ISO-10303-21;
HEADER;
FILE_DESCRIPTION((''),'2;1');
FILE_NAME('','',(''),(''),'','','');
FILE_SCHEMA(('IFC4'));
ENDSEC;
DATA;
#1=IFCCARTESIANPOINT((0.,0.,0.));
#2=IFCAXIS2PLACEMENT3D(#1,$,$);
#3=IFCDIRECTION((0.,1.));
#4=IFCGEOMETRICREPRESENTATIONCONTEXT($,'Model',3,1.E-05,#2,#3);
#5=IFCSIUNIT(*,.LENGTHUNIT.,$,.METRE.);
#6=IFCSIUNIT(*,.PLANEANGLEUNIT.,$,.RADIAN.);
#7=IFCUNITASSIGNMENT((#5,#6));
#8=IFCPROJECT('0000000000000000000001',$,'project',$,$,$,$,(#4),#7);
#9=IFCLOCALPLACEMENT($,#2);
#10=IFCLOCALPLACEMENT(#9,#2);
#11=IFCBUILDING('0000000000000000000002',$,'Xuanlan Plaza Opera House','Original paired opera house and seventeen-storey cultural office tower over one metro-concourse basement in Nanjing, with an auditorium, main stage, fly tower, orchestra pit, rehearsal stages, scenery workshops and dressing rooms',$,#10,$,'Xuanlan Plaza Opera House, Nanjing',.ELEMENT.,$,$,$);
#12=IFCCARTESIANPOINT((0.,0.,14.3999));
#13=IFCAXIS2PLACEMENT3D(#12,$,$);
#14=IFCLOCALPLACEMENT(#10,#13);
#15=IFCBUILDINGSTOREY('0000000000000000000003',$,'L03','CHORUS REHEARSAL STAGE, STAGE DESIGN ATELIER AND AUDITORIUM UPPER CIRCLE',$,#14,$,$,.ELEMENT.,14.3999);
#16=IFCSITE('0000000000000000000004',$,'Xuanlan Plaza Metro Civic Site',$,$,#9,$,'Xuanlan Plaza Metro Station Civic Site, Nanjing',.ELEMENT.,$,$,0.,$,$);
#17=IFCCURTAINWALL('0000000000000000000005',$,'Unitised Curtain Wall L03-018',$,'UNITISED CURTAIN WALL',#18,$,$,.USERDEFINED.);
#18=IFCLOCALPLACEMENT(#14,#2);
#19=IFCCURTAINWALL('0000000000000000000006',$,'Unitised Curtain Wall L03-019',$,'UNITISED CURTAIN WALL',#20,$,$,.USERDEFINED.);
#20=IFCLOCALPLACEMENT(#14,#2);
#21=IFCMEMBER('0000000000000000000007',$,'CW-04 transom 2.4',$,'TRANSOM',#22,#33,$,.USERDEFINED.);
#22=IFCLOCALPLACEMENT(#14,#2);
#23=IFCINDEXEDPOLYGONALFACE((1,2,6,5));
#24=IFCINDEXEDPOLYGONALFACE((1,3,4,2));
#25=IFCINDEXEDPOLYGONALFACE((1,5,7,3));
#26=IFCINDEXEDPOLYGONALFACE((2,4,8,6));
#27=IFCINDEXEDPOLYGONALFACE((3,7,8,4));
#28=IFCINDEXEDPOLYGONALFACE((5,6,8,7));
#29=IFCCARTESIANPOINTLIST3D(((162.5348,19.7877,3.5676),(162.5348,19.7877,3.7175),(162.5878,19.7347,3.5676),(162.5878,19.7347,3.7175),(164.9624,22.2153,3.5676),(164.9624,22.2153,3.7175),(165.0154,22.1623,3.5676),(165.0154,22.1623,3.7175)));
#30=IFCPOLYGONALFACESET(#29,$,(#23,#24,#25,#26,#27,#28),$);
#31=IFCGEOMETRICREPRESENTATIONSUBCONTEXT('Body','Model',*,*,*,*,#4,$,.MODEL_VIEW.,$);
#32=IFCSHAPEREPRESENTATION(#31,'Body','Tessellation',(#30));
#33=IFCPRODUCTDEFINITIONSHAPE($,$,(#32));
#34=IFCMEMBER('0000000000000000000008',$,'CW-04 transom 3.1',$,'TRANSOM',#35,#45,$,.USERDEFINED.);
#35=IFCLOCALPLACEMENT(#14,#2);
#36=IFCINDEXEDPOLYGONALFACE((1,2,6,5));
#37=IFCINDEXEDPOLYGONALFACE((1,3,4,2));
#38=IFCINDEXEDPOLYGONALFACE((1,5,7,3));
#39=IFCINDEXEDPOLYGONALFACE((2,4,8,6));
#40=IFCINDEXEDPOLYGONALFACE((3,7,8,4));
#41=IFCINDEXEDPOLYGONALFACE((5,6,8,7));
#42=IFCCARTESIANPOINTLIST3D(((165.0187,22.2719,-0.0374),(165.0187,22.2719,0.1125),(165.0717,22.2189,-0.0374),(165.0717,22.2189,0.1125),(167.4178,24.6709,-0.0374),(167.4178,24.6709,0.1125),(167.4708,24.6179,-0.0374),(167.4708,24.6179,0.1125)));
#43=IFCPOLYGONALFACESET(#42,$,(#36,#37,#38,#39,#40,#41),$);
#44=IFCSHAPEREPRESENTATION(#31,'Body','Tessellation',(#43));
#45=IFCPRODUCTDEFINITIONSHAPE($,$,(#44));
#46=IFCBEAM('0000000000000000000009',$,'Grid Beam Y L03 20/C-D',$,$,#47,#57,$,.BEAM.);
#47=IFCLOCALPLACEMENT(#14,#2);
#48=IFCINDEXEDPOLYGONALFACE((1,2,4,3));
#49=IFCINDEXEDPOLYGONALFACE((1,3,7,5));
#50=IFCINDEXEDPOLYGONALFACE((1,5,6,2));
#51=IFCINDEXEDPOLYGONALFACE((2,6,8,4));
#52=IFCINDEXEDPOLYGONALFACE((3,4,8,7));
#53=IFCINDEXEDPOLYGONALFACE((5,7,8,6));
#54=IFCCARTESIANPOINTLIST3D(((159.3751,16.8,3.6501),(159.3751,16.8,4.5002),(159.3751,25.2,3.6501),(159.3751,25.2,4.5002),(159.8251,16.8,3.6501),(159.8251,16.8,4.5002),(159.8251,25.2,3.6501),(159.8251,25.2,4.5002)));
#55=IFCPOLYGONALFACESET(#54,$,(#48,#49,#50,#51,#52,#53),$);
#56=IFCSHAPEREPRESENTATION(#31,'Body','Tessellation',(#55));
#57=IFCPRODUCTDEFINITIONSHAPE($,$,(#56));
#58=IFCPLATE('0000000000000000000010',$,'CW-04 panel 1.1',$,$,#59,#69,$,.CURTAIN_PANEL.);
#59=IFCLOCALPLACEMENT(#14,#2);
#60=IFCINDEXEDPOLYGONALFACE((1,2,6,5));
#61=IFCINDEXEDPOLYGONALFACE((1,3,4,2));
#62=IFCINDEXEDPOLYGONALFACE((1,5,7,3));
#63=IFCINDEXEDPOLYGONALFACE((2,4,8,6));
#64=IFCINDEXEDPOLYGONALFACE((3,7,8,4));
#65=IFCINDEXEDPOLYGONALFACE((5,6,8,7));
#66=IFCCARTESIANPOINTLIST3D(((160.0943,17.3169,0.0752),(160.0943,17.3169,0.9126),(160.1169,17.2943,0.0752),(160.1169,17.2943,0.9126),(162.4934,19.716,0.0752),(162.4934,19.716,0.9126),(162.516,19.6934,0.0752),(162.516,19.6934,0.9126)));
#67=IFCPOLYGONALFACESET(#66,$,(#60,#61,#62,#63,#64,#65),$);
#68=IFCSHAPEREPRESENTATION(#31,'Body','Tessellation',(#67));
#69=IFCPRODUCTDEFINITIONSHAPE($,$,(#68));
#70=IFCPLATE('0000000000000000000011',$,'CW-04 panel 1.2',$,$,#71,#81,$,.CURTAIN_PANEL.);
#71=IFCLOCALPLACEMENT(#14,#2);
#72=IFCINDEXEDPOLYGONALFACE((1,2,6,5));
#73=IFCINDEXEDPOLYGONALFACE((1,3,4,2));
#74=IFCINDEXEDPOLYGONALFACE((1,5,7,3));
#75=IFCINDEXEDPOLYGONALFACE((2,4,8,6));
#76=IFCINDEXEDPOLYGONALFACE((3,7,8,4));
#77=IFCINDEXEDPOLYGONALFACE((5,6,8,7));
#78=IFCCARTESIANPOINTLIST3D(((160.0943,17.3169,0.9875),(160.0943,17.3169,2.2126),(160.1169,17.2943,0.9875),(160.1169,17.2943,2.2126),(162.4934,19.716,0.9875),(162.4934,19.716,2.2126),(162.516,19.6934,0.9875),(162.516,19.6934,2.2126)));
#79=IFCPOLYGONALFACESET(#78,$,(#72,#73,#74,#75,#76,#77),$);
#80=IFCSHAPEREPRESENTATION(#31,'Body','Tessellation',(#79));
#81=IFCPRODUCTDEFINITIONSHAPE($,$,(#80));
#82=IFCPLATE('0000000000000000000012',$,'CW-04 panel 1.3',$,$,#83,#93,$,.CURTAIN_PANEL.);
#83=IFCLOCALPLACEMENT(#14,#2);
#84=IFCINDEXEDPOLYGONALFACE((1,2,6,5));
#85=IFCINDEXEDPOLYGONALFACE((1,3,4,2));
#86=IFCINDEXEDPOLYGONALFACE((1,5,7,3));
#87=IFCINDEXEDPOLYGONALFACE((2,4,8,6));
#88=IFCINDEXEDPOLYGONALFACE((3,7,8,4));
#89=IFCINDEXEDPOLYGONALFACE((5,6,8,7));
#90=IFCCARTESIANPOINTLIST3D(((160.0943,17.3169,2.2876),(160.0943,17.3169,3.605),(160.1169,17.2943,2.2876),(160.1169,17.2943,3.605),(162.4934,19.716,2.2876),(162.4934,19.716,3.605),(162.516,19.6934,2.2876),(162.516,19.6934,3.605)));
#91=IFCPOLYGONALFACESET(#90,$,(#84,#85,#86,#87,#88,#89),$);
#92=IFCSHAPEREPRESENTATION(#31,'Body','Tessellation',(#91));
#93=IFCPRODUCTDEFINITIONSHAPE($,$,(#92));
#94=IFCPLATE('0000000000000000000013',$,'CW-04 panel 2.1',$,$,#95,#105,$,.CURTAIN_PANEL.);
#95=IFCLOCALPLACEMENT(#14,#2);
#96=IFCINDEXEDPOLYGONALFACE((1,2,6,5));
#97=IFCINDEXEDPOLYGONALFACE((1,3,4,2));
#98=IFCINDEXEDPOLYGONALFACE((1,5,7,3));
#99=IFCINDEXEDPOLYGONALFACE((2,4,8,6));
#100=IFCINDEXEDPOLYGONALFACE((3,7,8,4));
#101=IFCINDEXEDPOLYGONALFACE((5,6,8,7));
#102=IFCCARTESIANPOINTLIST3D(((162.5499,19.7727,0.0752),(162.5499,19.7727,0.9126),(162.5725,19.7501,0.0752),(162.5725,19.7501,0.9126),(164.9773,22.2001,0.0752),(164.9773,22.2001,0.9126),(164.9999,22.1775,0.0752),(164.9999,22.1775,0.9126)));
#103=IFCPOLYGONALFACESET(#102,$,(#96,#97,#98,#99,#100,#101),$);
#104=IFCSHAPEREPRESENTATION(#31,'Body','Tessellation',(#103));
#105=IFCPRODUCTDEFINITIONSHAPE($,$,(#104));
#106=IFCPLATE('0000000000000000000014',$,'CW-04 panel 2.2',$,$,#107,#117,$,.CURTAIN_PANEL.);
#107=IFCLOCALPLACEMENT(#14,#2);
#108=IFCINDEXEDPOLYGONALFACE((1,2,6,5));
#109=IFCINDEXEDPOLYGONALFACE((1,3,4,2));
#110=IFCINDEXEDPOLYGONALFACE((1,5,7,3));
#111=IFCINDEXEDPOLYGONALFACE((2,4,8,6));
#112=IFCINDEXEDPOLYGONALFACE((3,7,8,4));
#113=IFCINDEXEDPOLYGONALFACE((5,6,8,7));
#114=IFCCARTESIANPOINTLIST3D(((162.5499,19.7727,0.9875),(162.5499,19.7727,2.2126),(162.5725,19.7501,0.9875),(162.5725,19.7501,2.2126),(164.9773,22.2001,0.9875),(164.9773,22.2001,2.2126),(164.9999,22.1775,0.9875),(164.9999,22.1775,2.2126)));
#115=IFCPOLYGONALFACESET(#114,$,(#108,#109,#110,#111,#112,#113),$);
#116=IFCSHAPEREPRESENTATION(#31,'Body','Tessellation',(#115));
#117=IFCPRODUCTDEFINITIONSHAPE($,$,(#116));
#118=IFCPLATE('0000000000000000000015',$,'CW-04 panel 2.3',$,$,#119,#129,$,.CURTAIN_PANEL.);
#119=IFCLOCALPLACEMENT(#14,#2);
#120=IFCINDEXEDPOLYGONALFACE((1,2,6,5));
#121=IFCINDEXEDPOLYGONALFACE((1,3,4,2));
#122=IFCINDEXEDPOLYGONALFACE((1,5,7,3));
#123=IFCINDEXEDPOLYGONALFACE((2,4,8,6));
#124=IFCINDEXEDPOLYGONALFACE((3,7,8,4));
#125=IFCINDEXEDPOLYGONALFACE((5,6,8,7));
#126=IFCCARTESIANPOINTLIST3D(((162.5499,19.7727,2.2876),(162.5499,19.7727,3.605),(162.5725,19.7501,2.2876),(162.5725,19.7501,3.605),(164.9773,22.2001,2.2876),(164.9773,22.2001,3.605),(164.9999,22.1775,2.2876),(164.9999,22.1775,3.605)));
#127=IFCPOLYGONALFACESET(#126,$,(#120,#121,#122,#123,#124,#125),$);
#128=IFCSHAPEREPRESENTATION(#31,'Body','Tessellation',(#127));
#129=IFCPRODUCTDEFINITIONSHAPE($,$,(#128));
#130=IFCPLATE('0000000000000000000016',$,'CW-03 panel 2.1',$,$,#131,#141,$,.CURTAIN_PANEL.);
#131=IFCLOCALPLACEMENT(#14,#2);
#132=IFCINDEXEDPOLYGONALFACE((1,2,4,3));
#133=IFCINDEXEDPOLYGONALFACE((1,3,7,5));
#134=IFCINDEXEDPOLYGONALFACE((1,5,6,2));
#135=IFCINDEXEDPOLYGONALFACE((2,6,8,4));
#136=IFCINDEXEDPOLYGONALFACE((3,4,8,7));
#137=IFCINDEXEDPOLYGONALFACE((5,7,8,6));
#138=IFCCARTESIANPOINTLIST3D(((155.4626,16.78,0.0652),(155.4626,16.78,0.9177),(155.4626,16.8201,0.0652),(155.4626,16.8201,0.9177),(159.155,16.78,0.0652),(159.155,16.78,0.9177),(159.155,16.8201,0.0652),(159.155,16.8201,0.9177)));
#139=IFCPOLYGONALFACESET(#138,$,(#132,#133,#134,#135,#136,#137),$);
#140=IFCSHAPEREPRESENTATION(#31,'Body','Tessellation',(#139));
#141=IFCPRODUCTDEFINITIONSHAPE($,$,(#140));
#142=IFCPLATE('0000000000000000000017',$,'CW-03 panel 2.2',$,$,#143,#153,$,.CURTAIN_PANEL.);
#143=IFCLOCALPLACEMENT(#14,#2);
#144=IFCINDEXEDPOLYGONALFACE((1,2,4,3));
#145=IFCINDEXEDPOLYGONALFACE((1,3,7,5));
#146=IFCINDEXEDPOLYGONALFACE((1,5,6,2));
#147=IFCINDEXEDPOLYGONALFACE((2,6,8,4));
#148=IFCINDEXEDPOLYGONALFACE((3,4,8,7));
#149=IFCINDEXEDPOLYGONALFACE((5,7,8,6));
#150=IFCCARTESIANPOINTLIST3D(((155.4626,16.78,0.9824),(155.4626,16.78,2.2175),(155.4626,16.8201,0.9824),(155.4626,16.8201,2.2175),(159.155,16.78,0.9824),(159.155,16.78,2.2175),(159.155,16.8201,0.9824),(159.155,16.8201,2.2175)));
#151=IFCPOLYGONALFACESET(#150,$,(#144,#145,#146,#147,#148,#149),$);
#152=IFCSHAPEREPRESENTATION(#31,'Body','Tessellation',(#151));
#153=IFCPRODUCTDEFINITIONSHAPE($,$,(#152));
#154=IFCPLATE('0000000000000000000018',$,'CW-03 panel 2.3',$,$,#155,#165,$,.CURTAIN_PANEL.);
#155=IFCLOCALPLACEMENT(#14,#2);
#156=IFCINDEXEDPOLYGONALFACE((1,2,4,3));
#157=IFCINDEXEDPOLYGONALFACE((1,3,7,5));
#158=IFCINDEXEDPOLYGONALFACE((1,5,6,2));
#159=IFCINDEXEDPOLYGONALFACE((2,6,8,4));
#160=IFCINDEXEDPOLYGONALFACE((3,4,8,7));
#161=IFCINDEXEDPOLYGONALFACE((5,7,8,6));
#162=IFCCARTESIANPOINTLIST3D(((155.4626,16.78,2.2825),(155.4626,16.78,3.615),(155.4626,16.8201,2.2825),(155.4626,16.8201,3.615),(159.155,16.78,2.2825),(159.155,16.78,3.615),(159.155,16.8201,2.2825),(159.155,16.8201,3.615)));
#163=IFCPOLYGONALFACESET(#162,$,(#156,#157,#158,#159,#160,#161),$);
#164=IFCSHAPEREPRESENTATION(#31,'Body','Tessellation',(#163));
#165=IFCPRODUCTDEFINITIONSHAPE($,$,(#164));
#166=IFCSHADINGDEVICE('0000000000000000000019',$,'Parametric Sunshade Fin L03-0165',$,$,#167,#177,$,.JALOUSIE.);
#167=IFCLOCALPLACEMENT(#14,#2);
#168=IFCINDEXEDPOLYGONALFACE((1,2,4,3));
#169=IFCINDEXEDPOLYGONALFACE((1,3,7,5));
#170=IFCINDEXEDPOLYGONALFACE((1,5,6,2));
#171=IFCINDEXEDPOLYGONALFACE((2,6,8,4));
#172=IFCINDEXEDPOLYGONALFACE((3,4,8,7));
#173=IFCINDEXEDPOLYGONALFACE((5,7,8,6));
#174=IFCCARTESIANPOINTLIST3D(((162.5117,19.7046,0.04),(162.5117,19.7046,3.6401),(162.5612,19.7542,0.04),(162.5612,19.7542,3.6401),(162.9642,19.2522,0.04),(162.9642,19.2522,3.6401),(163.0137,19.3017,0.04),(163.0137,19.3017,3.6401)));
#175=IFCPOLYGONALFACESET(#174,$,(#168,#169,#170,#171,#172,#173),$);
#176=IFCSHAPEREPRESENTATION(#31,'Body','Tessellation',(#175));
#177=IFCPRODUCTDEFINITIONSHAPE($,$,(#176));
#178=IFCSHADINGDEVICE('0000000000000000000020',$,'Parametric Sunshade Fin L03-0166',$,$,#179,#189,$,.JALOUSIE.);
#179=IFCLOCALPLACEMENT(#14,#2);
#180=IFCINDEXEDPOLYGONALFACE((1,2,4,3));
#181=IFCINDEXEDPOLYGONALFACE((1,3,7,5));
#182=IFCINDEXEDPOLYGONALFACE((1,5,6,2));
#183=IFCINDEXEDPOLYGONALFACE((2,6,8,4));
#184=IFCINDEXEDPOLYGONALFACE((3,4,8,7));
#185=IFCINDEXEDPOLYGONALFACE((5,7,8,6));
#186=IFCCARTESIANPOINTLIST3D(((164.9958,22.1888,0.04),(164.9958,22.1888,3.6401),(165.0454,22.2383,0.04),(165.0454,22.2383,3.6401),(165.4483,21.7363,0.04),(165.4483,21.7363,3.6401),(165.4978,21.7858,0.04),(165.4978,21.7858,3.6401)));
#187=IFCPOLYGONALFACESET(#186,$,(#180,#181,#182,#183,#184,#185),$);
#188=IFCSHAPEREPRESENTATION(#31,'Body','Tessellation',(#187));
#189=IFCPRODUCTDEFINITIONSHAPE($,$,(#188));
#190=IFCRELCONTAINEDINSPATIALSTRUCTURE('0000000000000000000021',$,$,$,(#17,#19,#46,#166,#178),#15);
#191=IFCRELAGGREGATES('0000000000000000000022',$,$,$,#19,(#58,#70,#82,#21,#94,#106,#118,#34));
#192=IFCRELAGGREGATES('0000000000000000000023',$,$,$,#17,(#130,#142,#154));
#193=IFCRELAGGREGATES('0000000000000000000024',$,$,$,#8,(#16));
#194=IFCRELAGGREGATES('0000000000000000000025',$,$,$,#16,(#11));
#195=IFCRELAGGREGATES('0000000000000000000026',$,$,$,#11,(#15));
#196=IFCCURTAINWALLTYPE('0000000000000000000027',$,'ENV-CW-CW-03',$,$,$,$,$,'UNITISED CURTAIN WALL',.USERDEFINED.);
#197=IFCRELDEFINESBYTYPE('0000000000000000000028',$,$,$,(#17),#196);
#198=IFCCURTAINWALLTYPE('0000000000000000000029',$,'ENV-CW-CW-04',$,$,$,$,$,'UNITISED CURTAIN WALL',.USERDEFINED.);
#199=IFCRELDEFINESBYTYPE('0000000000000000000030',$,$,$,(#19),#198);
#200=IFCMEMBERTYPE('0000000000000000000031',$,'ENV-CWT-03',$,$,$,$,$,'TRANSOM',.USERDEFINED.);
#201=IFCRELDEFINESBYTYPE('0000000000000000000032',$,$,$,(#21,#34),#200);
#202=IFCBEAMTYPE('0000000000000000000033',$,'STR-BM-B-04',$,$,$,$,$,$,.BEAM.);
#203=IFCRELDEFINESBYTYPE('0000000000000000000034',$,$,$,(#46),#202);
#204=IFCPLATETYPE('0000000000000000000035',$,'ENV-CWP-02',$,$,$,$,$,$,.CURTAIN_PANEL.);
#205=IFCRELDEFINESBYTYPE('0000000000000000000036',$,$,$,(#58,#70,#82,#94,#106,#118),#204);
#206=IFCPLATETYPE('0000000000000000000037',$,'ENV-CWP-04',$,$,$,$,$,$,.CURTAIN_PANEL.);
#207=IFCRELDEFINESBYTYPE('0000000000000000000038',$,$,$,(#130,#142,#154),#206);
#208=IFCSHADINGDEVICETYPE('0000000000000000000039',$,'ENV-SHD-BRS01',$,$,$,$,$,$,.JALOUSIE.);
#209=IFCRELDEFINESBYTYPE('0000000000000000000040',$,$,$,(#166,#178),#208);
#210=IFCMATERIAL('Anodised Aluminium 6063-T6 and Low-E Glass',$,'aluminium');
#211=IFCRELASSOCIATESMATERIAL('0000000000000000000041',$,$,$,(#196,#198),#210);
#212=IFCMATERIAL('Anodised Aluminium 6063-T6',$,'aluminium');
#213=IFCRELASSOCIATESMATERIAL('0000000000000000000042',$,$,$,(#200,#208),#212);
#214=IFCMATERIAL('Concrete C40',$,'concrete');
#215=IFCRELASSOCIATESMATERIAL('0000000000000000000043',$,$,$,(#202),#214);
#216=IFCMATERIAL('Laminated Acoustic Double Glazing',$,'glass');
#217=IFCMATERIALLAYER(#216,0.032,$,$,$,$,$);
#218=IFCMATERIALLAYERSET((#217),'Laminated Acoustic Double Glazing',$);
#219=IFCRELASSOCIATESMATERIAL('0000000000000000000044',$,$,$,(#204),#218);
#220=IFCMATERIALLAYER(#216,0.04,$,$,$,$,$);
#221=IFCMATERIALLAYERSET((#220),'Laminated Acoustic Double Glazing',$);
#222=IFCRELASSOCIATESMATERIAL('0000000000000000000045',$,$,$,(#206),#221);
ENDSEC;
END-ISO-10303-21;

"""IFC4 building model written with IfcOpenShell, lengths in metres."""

from ifc_helpers import new_model, si_unit, direction, frame, origin, origin_2d, place, context, subcontext, project, spatial, rectangle, extrude, material, layer, layer_set, material_profile, profile_set, type_object, element, aggregate, save


model = new_model("IFC4")

# Units and contexts
model_context = context("Model", 3, precision=1e-05, world=origin(), true_north=direction((0.0, 1.0)))
body_context = subcontext(model_context, "Body", "Model", "MODEL_VIEW")
ifc_project = project(units=[si_unit("LENGTHUNIT", "METRE"), si_unit("PLANEANGLEUNIT", "RADIAN")], contexts=[model_context])

# Site, building, storey
site_placement = place(None, origin())
site = spatial("IfcSite", under=ifc_project, at=site_placement, Name="Xuanlan Plaza Metro Civic Site", LongName="Xuanlan Plaza Metro Station Civic Site, Nanjing", CompositionType="ELEMENT", RefElevation=0.0)
building_placement = place(site_placement, origin())
building = spatial("IfcBuilding", under=site, at=building_placement, Name="Xuanlan Plaza Opera House", Description="Original paired opera house and seventeen-storey cultural office tower over one metro-concourse basement in Nanjing, with an auditorium, main stage, fly tower, orchestra pit, rehearsal stages, scenery workshops and dressing rooms", LongName="Xuanlan Plaza Opera House, Nanjing", CompositionType="ELEMENT")
storey_placement = place(building_placement, frame((0.0, 0.0, 14.3999)))
storey = spatial("IfcBuildingStorey", under=building, at=storey_placement, Name="L03", Description="CHORUS REHEARSAL STAGE, STAGE DESIGN ATELIER AND AUDITORIUM UPPER CIRCLE", CompositionType="ELEMENT", Elevation=14.3999)

# Shared definitions
ifc_material_1 = material(Name="Concrete C40", Category="concrete")

# Curtain wall
ifc_material_2 = material(Name="Anodised Aluminium 6063-T6 and Low-E Glass", Category="aluminium")
curtain_wall_type_1 = type_object("IfcCurtainWallType", Name="ENV-CW-CW-03", ElementType="UNITISED CURTAIN WALL", PredefinedType="USERDEFINED", material=ifc_material_2)
curtain_wall_1_placement = place(storey_placement, origin())
curtain_wall_1 = element("IfcCurtainWall", 1, at=curtain_wall_1_placement, inside=storey, type_object=curtain_wall_type_1, Name="Unitised Curtain Wall L03-018", ObjectType="UNITISED CURTAIN WALL", PredefinedType="USERDEFINED")
ifc_material_3 = material(Name="Anodised Aluminium 6063-T6", Category="aluminium")

# Curtain wall
curtain_wall_type_2 = type_object("IfcCurtainWallType", Name="ENV-CW-CW-04", ElementType="UNITISED CURTAIN WALL", PredefinedType="USERDEFINED", material=ifc_material_2)
curtain_wall_2_placement = place(storey_placement, origin())
curtain_wall_2 = element("IfcCurtainWall", 2, at=curtain_wall_2_placement, inside=storey, type_object=curtain_wall_type_2, Name="Unitised Curtain Wall L03-019", ObjectType="UNITISED CURTAIN WALL", PredefinedType="USERDEFINED")

# Members
ifc_material_profile_1 = material_profile(ifc_material_3, rectangle(XDim=0.075, YDim=0.1499, at=origin_2d()), Name="ALU-T 75x150")
ifc_profile_set_1 = profile_set([ifc_material_profile_1], Name="Anodised Aluminium 6063-T6")
member_type_1 = type_object("IfcMemberType", Name="ENV-CWT-03", ElementType="TRANSOM", PredefinedType="USERDEFINED", material=ifc_profile_set_1)
member_1_placement = place(storey_placement, frame((162.5613, 19.7612, 3.6426), z_axis=(0.707107, 0.707107, 0.0), x_axis=(-0.707107, 0.707107, 0.0)))
member_1 = element("IfcMember", 3, at=member_1_placement, type_object=member_type_1, Name="CW-04 transom 2.4", ObjectType="TRANSOM", PredefinedType="USERDEFINED", context=body_context, shape_type="SweptSolid", body=[
    extrude(rectangle(XDim=0.075, YDim=0.1499, at=origin_2d()), origin(), (0.0, 0.0, 1.0), 3.4331),
])
member_2_placement = place(storey_placement, frame((165.0452, 22.2454, 0.0376), z_axis=(0.707107, 0.707107, 0.0), x_axis=(-0.707107, 0.707107, 0.0)))
member_2 = element("IfcMember", 4, at=member_2_placement, type_object=member_type_1, Name="CW-04 transom 3.1", ObjectType="TRANSOM", PredefinedType="USERDEFINED", context=body_context, shape_type="SweptSolid", body=[
    extrude(rectangle(XDim=0.075, YDim=0.1499, at=origin_2d()), origin(), (0.0, 0.0, 1.0), 3.3928),
])

# Beam
ifc_material_profile_2 = material_profile(ifc_material_1, rectangle(XDim=0.45, YDim=0.8501, at=origin_2d()), Name="RC-BM 450x850")
ifc_profile_set_2 = profile_set([ifc_material_profile_2], Name="Concrete C40")
beam_type = type_object("IfcBeamType", Name="STR-BM-B-04", PredefinedType="BEAM", material=ifc_profile_set_2)
beam_placement = place(storey_placement, frame((159.6001, 16.8, 4.0752), z_axis=(0.0, 1.0, 0.0), x_axis=(-1.0, 0.0, 0.0)))
element("IfcBeam", 5, at=beam_placement, inside=storey, type_object=beam_type, Name="Grid Beam Y L03 20/C-D", PredefinedType="BEAM", context=body_context, shape_type="SweptSolid", body=[
    extrude(rectangle(XDim=0.45, YDim=0.8501, at=origin_2d()), origin(), (0.0, 0.0, 1.0), 8.3999),
])

# Plates
ifc_material_4 = material(Name="Laminated Acoustic Double Glazing", Category="glass")
ifc_layer_1 = layer(ifc_material_4, 0.032)
ifc_layer_set_1 = layer_set([ifc_layer_1], Name="Laminated Acoustic Double Glazing")
plate_type_1 = type_object("IfcPlateType", Name="ENV-CWP-02", PredefinedType="CURTAIN_PANEL", material=ifc_layer_set_1)
plate_1_placement = place(storey_placement, frame((161.3052, 18.5051, 0.0752), z_axis=(0.0, 0.0, 1.0), x_axis=(0.707107, 0.707107, 0.0)))
plate_1 = element("IfcPlate", 6, at=plate_1_placement, type_object=plate_type_1, Name="CW-04 panel 1.1", PredefinedType="CURTAIN_PANEL", context=body_context, shape_type="SweptSolid", body=[
    extrude(rectangle(XDim=3.3928, YDim=0.032, at=origin_2d()), origin(), (0.0, 0.0, 1.0), 0.8374),
])
plate_2_placement = place(storey_placement, frame((161.3052, 18.5051, 0.9875), z_axis=(0.0, 0.0, 1.0), x_axis=(0.707107, 0.707107, 0.0)))
plate_2 = element("IfcPlate", 7, at=plate_2_placement, type_object=plate_type_1, Name="CW-04 panel 1.2", PredefinedType="CURTAIN_PANEL", context=body_context, shape_type="SweptSolid", body=[
    extrude(rectangle(XDim=3.3928, YDim=0.032, at=origin_2d()), origin(), (0.0, 0.0, 1.0), 1.2251),
])
plate_3_placement = place(storey_placement, frame((161.3052, 18.5051, 2.2876), z_axis=(0.0, 0.0, 1.0), x_axis=(0.707107, 0.707107, 0.0)))
plate_3 = element("IfcPlate", 8, at=plate_3_placement, type_object=plate_type_1, Name="CW-04 panel 1.3", PredefinedType="CURTAIN_PANEL", context=body_context, shape_type="SweptSolid", body=[
    extrude(rectangle(XDim=3.3928, YDim=0.032, at=origin_2d()), origin(), (0.0, 0.0, 1.0), 1.3174),
])
plate_4_placement = place(storey_placement, frame((163.7749, 20.9751, 0.0752), z_axis=(0.0, 0.0, 1.0), x_axis=(0.707107, 0.707107, 0.0)))
plate_4 = element("IfcPlate", 9, at=plate_4_placement, type_object=plate_type_1, Name="CW-04 panel 2.1", PredefinedType="CURTAIN_PANEL", context=body_context, shape_type="SweptSolid", body=[
    extrude(rectangle(XDim=3.4329, YDim=0.032, at=origin_2d()), origin(), (0.0, 0.0, 1.0), 0.8374),
])
plate_5_placement = place(storey_placement, frame((163.7749, 20.9751, 0.9875), z_axis=(0.0, 0.0, 1.0), x_axis=(0.707107, 0.707107, 0.0)))
plate_5 = element("IfcPlate", 10, at=plate_5_placement, type_object=plate_type_1, Name="CW-04 panel 2.2", PredefinedType="CURTAIN_PANEL", context=body_context, shape_type="SweptSolid", body=[
    extrude(rectangle(XDim=3.4329, YDim=0.032, at=origin_2d()), origin(), (0.0, 0.0, 1.0), 1.2251),
])
plate_6_placement = place(storey_placement, frame((163.7749, 20.9751, 2.2876), z_axis=(0.0, 0.0, 1.0), x_axis=(0.707107, 0.707107, 0.0)))
plate_6 = element("IfcPlate", 11, at=plate_6_placement, type_object=plate_type_1, Name="CW-04 panel 2.3", PredefinedType="CURTAIN_PANEL", context=body_context, shape_type="SweptSolid", body=[
    extrude(rectangle(XDim=3.4329, YDim=0.032, at=origin_2d()), origin(), (0.0, 0.0, 1.0), 1.3174),
])
aggregate(curtain_wall_2, [plate_1, plate_2, plate_3, member_1, plate_4, plate_5, plate_6, member_2])
ifc_layer_2 = layer(ifc_material_4, 0.04)
ifc_layer_set_2 = layer_set([ifc_layer_2], Name="Laminated Acoustic Double Glazing")
plate_type_2 = type_object("IfcPlateType", Name="ENV-CWP-04", PredefinedType="CURTAIN_PANEL", material=ifc_layer_set_2)
plate_7_placement = place(storey_placement, frame((157.3088, 16.8, 0.0652), z_axis=(0.0, 0.0, 1.0), x_axis=(1.0, 0.0, 0.0)))
plate_7 = element("IfcPlate", 12, at=plate_7_placement, type_object=plate_type_2, Name="CW-03 panel 2.1", PredefinedType="CURTAIN_PANEL", context=body_context, shape_type="SweptSolid", body=[
    extrude(rectangle(XDim=3.6924, YDim=0.04, at=origin_2d()), origin(), (0.0, 0.0, 1.0), 0.8525),
])
plate_8_placement = place(storey_placement, frame((157.3088, 16.8, 0.9824), z_axis=(0.0, 0.0, 1.0), x_axis=(1.0, 0.0, 0.0)))
plate_8 = element("IfcPlate", 13, at=plate_8_placement, type_object=plate_type_2, Name="CW-03 panel 2.2", PredefinedType="CURTAIN_PANEL", context=body_context, shape_type="SweptSolid", body=[
    extrude(rectangle(XDim=3.6924, YDim=0.04, at=origin_2d()), origin(), (0.0, 0.0, 1.0), 1.2351),
])
plate_9_placement = place(storey_placement, frame((157.3088, 16.8, 2.2825), z_axis=(0.0, 0.0, 1.0), x_axis=(1.0, 0.0, 0.0)))
plate_9 = element("IfcPlate", 14, at=plate_9_placement, type_object=plate_type_2, Name="CW-03 panel 2.3", PredefinedType="CURTAIN_PANEL", context=body_context, shape_type="SweptSolid", body=[
    extrude(rectangle(XDim=3.6924, YDim=0.04, at=origin_2d()), origin(), (0.0, 0.0, 1.0), 1.3325),
])
aggregate(curtain_wall_1, [plate_7, plate_8, plate_9])

# Shading devices
shading_device_type = type_object("IfcShadingDeviceType", Name="ENV-SHD-BRS01", PredefinedType="JALOUSIE", material=ifc_material_3)
for number, where, z_axis, x_axis, name in (
    (15, (162.7627, 19.5032, 0.04), (0.0, 0.0, 1.0), (0.707107, -0.707107, 0.0), "Parametric Sunshade Fin L03-0165"),
    (16, (165.2468, 21.9873, 0.04), (0.0, 0.0, 1.0), (0.707107, -0.707107, 0.0), "Parametric Sunshade Fin L03-0166"),
):
    element("IfcShadingDevice", number, at=place(storey_placement, frame(where, z_axis=z_axis, x_axis=x_axis)), inside=storey, type_object=shading_device_type, Name=name, PredefinedType="JALOUSIE", context=body_context, shape_type="SweptSolid", body=[
        extrude(rectangle(XDim=0.6399, YDim=0.0701, at=origin_2d()), origin(), (0.0, 0.0, 1.0), 3.6001),
    ])

save(model, "model.ifc")
